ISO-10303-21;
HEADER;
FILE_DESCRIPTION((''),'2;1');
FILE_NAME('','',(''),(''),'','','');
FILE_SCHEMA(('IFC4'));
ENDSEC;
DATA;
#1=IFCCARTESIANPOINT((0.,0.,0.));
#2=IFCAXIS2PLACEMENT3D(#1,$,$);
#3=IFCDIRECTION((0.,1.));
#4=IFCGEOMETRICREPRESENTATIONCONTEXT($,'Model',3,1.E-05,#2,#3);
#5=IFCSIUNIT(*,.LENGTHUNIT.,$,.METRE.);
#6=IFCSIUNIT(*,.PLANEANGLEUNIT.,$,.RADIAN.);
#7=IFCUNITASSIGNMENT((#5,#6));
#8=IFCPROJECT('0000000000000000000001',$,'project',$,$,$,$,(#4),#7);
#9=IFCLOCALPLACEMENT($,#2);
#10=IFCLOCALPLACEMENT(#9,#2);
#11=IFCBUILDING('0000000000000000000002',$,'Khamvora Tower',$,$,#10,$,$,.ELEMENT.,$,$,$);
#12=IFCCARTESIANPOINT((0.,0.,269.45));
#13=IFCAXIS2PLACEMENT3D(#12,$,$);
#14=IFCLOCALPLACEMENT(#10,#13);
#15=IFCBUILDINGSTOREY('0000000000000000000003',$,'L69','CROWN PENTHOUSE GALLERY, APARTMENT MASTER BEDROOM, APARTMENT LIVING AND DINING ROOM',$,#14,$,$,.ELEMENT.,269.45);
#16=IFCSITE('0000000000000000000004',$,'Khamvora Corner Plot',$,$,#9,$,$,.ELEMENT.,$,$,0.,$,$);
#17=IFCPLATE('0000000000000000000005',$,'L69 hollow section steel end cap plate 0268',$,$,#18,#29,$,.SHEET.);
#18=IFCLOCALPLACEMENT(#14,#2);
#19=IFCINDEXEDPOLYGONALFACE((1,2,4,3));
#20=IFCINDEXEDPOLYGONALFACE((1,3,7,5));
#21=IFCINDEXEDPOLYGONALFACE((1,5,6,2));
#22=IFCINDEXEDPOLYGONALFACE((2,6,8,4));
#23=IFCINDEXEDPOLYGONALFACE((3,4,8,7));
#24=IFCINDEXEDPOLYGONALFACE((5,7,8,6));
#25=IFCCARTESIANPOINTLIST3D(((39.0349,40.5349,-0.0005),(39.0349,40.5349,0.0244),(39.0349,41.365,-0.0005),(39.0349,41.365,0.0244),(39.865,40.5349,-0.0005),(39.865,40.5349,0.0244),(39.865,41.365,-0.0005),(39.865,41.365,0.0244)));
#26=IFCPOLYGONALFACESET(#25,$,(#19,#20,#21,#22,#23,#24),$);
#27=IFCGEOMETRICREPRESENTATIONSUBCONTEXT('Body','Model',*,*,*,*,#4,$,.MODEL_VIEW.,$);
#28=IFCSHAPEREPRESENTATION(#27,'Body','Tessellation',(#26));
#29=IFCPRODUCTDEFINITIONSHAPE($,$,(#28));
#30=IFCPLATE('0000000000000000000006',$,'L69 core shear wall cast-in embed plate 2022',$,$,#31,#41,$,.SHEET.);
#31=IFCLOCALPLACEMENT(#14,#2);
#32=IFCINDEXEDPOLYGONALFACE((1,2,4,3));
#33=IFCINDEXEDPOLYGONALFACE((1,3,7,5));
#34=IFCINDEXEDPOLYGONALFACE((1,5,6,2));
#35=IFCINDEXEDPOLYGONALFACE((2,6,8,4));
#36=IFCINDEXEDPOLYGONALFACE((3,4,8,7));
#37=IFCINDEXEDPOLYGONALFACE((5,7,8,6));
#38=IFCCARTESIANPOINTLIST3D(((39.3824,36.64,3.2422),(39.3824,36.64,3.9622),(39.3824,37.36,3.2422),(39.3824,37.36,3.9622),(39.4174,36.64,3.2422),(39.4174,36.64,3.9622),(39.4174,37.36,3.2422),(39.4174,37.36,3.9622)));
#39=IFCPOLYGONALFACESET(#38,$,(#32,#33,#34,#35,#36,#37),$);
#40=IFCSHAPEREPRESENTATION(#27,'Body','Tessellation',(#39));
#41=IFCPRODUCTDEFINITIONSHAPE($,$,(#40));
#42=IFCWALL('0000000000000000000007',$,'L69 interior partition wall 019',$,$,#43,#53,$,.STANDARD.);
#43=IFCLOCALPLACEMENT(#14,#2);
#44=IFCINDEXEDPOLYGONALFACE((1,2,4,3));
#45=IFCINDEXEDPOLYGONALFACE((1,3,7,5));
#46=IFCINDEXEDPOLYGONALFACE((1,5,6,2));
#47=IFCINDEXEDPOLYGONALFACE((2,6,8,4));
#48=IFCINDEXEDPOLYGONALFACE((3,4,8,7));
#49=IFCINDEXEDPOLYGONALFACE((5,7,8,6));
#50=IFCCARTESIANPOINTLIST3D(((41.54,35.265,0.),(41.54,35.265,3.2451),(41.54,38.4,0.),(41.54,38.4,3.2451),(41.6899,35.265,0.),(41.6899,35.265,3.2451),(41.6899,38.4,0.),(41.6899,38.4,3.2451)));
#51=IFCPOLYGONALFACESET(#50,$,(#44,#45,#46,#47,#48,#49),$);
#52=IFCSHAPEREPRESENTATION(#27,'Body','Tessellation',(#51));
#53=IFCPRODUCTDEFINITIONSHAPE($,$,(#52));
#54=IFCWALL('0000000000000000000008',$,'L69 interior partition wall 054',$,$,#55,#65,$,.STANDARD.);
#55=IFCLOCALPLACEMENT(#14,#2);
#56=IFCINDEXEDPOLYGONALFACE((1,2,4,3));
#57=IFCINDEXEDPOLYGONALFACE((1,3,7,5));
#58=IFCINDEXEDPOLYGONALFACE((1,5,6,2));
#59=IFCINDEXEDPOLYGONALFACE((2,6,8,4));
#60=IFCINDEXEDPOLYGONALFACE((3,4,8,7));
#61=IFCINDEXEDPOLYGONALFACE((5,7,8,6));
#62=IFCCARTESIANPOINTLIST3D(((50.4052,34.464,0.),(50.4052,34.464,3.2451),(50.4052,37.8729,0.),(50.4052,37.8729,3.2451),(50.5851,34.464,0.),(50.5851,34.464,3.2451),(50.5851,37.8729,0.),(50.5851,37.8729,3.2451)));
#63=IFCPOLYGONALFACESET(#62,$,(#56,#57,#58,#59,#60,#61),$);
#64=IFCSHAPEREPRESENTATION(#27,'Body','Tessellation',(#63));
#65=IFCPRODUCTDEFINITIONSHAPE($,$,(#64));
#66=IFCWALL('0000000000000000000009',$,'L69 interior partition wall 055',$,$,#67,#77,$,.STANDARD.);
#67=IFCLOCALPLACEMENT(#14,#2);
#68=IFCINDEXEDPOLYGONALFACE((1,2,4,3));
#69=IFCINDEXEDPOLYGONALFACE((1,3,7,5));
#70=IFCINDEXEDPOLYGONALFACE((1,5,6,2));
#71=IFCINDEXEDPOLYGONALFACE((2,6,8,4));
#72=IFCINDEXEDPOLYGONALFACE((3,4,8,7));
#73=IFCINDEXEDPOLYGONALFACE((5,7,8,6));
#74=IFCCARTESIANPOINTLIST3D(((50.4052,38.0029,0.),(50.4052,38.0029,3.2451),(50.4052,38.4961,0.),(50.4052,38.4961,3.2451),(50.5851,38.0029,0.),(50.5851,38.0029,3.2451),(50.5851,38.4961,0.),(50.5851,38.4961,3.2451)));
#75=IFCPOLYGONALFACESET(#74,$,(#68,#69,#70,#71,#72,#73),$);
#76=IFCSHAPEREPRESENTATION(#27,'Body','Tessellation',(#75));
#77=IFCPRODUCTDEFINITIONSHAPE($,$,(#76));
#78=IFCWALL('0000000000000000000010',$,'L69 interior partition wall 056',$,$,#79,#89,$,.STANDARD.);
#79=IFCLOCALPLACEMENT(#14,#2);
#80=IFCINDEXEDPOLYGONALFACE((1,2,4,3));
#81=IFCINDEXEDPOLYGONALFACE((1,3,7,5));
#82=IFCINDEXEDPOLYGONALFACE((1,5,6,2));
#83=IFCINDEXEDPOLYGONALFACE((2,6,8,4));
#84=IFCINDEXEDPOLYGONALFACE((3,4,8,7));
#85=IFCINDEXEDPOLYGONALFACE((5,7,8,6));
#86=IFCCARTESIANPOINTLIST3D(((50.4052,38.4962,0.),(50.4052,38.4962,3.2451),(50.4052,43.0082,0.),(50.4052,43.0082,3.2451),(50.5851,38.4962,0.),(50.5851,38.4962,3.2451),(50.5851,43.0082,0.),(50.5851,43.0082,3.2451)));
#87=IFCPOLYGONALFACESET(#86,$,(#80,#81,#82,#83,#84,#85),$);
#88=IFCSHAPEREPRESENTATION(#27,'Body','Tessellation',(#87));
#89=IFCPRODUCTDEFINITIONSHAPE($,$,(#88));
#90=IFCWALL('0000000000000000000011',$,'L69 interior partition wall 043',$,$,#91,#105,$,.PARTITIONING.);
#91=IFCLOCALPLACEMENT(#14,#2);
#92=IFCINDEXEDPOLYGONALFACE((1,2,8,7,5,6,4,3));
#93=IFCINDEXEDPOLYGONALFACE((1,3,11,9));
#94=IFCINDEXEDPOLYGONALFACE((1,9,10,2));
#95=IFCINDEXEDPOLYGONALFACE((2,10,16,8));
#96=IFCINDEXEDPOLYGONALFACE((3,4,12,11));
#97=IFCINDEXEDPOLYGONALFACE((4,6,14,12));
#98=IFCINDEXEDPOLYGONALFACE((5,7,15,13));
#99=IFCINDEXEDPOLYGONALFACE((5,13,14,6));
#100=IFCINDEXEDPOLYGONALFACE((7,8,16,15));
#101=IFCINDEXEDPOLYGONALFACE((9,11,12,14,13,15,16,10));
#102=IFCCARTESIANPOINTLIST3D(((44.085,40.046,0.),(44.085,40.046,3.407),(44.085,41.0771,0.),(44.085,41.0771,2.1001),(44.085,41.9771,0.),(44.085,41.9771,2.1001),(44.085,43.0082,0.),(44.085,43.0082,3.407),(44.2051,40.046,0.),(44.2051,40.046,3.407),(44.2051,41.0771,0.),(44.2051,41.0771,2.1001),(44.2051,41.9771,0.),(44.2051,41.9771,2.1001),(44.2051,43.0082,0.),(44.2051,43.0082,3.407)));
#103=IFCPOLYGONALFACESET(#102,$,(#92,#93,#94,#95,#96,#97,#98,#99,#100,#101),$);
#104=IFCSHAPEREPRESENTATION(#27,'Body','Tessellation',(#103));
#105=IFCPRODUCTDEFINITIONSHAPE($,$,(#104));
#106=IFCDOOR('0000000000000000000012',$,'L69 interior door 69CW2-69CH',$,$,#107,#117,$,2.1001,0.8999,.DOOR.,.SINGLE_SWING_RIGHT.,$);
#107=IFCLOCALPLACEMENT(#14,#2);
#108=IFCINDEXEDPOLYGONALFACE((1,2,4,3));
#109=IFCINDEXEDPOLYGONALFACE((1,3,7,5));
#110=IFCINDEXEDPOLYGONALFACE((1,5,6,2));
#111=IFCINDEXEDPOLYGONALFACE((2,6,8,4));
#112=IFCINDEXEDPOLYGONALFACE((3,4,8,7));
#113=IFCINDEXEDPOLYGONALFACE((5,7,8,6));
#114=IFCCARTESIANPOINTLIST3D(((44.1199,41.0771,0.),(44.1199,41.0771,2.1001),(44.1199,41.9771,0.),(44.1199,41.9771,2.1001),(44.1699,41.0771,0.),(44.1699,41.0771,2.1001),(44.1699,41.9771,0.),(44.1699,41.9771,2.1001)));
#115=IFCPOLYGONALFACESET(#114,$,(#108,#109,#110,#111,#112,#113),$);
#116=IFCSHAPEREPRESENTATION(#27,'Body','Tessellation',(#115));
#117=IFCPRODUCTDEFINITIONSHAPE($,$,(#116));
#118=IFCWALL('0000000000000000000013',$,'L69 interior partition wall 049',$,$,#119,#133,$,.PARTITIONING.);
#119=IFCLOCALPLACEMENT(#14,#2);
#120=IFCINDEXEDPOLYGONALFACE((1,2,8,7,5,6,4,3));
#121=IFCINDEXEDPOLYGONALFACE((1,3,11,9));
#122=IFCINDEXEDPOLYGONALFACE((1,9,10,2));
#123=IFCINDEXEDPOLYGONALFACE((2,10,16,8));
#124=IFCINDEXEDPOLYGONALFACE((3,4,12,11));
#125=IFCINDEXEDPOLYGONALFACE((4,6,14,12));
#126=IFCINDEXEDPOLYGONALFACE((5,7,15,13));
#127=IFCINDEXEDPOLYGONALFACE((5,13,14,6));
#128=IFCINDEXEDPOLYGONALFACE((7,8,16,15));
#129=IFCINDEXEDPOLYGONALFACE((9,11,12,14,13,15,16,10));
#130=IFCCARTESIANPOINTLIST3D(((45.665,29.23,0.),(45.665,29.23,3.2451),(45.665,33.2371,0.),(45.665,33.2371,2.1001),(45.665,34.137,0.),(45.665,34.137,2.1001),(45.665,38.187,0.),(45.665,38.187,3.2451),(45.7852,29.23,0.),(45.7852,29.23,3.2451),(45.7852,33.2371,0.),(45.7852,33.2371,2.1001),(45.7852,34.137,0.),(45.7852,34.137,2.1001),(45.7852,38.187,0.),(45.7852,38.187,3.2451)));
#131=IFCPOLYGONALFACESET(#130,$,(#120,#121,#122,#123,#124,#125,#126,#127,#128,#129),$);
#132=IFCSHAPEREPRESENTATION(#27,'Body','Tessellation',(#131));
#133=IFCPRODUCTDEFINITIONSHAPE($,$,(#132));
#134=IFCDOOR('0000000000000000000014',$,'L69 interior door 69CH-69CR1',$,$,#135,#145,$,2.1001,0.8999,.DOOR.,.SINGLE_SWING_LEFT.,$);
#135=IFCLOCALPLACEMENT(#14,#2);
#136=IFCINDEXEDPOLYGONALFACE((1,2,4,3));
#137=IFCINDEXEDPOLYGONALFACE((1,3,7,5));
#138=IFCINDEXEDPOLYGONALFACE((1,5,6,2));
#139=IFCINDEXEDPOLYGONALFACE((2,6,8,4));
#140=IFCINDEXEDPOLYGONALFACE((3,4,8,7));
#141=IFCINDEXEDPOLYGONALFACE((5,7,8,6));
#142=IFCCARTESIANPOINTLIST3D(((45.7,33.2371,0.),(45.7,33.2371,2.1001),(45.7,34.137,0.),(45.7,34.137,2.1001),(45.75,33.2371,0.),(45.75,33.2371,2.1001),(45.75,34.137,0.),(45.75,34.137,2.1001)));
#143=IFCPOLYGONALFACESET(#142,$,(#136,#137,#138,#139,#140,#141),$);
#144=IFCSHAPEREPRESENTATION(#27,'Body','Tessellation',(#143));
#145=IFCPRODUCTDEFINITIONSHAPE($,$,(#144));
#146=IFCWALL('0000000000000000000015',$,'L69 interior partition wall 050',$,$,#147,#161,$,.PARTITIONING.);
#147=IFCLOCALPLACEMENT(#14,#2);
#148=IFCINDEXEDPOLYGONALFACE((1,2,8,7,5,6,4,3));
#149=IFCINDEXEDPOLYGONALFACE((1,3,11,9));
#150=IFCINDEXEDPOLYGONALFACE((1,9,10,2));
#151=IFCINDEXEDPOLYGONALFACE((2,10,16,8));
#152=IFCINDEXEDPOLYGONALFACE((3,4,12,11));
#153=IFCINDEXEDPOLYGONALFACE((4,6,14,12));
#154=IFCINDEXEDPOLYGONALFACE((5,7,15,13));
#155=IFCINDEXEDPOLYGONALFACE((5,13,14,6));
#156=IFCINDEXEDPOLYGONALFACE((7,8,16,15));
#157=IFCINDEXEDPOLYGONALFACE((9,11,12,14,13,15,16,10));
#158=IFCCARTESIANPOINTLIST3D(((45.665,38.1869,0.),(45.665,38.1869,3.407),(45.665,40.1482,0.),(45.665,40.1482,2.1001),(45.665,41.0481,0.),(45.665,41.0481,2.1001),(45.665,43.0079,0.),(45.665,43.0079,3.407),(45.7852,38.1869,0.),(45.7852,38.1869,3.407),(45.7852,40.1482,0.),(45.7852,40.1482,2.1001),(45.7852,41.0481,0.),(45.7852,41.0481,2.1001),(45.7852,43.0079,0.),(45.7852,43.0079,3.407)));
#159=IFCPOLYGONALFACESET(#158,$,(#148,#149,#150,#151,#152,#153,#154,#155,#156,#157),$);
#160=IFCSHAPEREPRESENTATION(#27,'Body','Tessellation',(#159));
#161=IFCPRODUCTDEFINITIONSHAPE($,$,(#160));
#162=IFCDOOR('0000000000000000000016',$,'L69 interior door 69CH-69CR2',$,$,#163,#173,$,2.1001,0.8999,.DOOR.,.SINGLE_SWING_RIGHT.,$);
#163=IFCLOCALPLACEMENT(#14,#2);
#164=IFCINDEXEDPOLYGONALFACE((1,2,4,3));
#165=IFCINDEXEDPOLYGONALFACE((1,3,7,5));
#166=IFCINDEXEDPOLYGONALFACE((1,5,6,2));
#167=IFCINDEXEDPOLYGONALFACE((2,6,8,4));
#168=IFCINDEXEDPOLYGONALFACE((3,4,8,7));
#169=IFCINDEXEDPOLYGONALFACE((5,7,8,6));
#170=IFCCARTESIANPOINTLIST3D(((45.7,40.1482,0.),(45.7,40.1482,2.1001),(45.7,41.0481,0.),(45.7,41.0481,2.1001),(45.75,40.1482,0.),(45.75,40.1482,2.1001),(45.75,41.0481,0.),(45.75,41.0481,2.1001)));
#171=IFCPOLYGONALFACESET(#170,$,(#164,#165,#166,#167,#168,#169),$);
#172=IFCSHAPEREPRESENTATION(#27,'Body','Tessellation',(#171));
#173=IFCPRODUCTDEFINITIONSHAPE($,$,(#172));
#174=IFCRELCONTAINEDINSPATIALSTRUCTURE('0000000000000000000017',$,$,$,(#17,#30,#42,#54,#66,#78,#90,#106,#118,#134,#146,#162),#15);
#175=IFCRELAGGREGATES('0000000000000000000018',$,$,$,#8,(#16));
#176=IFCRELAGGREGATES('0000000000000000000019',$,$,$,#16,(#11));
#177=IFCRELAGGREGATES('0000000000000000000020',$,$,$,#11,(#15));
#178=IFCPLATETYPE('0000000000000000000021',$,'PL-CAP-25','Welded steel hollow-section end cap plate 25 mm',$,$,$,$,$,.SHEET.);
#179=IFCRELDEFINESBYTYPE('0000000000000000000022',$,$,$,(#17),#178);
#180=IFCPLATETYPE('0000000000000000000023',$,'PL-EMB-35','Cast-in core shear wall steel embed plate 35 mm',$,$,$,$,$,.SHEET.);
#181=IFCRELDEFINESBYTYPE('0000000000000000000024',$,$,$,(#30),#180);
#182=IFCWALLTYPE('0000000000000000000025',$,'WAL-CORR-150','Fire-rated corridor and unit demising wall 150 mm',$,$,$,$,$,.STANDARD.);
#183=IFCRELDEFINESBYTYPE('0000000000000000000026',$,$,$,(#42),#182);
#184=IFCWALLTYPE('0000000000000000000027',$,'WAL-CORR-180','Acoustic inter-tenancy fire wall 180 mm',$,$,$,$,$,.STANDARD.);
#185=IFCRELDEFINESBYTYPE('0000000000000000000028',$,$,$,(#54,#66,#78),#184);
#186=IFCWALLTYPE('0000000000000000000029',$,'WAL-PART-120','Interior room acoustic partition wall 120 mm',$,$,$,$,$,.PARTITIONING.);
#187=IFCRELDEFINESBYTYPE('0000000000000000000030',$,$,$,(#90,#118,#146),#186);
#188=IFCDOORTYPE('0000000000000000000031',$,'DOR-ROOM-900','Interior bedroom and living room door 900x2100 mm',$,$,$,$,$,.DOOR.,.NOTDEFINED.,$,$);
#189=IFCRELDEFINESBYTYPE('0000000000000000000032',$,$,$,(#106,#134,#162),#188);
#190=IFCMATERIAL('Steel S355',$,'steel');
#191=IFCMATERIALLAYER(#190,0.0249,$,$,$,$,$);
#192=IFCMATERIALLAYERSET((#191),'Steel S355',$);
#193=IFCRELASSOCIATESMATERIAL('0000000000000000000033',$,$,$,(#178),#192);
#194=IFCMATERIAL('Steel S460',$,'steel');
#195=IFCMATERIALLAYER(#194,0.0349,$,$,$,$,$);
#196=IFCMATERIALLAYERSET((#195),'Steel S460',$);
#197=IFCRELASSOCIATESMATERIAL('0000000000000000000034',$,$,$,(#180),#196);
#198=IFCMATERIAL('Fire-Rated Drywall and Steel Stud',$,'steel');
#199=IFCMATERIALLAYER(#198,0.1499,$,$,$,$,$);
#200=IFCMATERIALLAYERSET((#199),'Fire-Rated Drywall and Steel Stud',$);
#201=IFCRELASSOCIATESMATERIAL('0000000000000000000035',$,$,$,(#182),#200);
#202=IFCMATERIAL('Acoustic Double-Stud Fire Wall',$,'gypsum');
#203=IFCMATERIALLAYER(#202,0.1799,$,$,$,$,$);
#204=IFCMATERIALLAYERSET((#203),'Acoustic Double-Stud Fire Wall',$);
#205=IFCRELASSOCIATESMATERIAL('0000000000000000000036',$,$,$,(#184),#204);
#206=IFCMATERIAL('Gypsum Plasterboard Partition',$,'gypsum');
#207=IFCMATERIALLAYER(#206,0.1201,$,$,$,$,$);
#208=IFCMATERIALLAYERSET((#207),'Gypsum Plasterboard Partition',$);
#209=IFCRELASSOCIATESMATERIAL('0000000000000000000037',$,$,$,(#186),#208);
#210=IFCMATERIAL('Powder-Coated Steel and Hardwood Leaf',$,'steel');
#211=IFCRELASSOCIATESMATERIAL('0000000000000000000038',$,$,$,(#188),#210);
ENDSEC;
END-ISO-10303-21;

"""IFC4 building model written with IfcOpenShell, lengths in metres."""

from ifc_helpers import new_model, si_unit, direction, frame, frame_2d, origin, origin_2d, place, context, subcontext, project, spatial, rectangle, extrude, material, layer, layer_set, type_object, element, fill, save


model = new_model("IFC4")

# Units and contexts
model_context = context("Model", 3, precision=1e-05, world=origin(), true_north=direction((0.0, 1.0)))
body_context = subcontext(model_context, "Body", "Model", "MODEL_VIEW")
ifc_project = project(units=[si_unit("LENGTHUNIT", "METRE"), si_unit("PLANEANGLEUNIT", "RADIAN")], contexts=[model_context])

# Site, building, storey
site_placement = place(None, origin())
site = spatial("IfcSite", under=ifc_project, at=site_placement, Name="Khamvora Corner Plot", CompositionType="ELEMENT", RefElevation=0.0)
building_placement = place(site_placement, origin())
building = spatial("IfcBuilding", under=site, at=building_placement, Name="Khamvora Tower", CompositionType="ELEMENT")
storey_placement = place(building_placement, frame((0.0, 0.0, 269.45)))
storey = spatial("IfcBuildingStorey", under=building, at=storey_placement, Name="L69", Description="CROWN PENTHOUSE GALLERY, APARTMENT MASTER BEDROOM, APARTMENT LIVING AND DINING ROOM", CompositionType="ELEMENT", Elevation=269.45)

# Shared definitions
ifc_material_1 = material(Name="Steel S355", Category="steel")

# Plates
ifc_layer_1 = layer(ifc_material_1, 0.0249)
ifc_layer_set_1 = layer_set([ifc_layer_1], Name="Steel S355")
plate_type_1 = type_object("IfcPlateType", Name="PL-CAP-25", Description="Welded steel hollow-section end cap plate 25 mm", PredefinedType="SHEET", material=ifc_layer_set_1)
plate_1_placement = place(storey_placement, frame((39.45, 40.95, -0.0005), z_axis=(0.0, 0.0, 1.0), x_axis=(1.0, 0.0, 0.0)))
element("IfcPlate", 1, at=plate_1_placement, inside=storey, type_object=plate_type_1, Name="L69 hollow section steel end cap plate 0268", PredefinedType="SHEET", context=body_context, shape_type="SweptSolid", body=[
    extrude(rectangle(XDim=0.8301, YDim=0.8301, at=origin_2d()), origin(), (0.0, 0.0, 1.0), 0.0249),
])
ifc_material_2 = material(Name="Steel S460", Category="steel")
ifc_layer_2 = layer(ifc_material_2, 0.0349)
ifc_layer_set_2 = layer_set([ifc_layer_2], Name="Steel S460")
plate_type_2 = type_object("IfcPlateType", Name="PL-EMB-35", Description="Cast-in core shear wall steel embed plate 35 mm", PredefinedType="SHEET", material=ifc_layer_set_2)
plate_2_placement = place(storey_placement, frame((39.3999, 37.0, 3.2422), z_axis=(0.0, 0.0, 1.0), x_axis=(1.0, 0.0, 0.0)))
element("IfcPlate", 2, at=plate_2_placement, inside=storey, type_object=plate_type_2, Name="L69 core shear wall cast-in embed plate 2022", PredefinedType="SHEET", context=body_context, shape_type="SweptSolid", body=[
    extrude(rectangle(XDim=0.0349, YDim=0.72, at=origin_2d()), origin(), (0.0, 0.0, 1.0), 0.72),
])

# Walls
ifc_material_3 = material(Name="Fire-Rated Drywall and Steel Stud", Category="steel")
ifc_layer_3 = layer(ifc_material_3, 0.1499)
ifc_layer_set_3 = layer_set([ifc_layer_3], Name="Fire-Rated Drywall and Steel Stud")
wall_type_1 = type_object("IfcWallType", Name="WAL-CORR-150", Description="Fire-rated corridor and unit demising wall 150 mm", PredefinedType="STANDARD", material=ifc_layer_set_3)
wall_1_placement = place(storey_placement, frame((41.615, 38.3999, 0.0), z_axis=(0.0, 0.0, 1.0), x_axis=(0.0, -1.0, 0.0)))
element("IfcWall", 3, at=wall_1_placement, inside=storey, type_object=wall_type_1, Name="L69 interior partition wall 019", PredefinedType="STANDARD", context=body_context, shape_type="SweptSolid", body=[
    extrude(rectangle(XDim=3.135, YDim=0.1499, at=frame_2d((1.5674, 0.0))), origin(), (0.0, 0.0, 1.0), 3.2451),
])
ifc_material_4 = material(Name="Acoustic Double-Stud Fire Wall", Category="gypsum")
ifc_layer_4 = layer(ifc_material_4, 0.1799)
ifc_layer_set_4 = layer_set([ifc_layer_4], Name="Acoustic Double-Stud Fire Wall")
wall_type_2 = type_object("IfcWallType", Name="WAL-CORR-180", Description="Acoustic inter-tenancy fire wall 180 mm", PredefinedType="STANDARD", material=ifc_layer_set_4)
wall_2_placement = place(storey_placement, frame((50.4951, 37.873, 0.0), z_axis=(0.0, 0.0, 1.0), x_axis=(0.0, -1.0, 0.0)))
element("IfcWall", 4, at=wall_2_placement, inside=storey, type_object=wall_type_2, Name="L69 interior partition wall 054", PredefinedType="STANDARD", context=body_context, shape_type="SweptSolid", body=[
    extrude(rectangle(XDim=3.4089, YDim=0.1799, at=frame_2d((1.7046, 0.0))), origin(), (0.0, 0.0, 1.0), 3.2451),
])
wall_3_placement = place(storey_placement, frame((50.4951, 38.4961, 0.0), z_axis=(0.0, 0.0, 1.0), x_axis=(0.0, -1.0, 0.0)))
element("IfcWall", 5, at=wall_3_placement, inside=storey, type_object=wall_type_2, Name="L69 interior partition wall 055", PredefinedType="STANDARD", context=body_context, shape_type="SweptSolid", body=[
    extrude(rectangle(XDim=0.4932, YDim=0.1799, at=frame_2d((0.2466, 0.0))), origin(), (0.0, 0.0, 1.0), 3.2451),
])
wall_4_placement = place(storey_placement, frame((50.4951, 43.0081, 0.0), z_axis=(0.0, 0.0, 1.0), x_axis=(0.0, -1.0, 0.0)))
element("IfcWall", 6, at=wall_4_placement, inside=storey, type_object=wall_type_2, Name="L69 interior partition wall 056", PredefinedType="STANDARD", context=body_context, shape_type="SweptSolid", body=[
    extrude(rectangle(XDim=4.512, YDim=0.1799, at=frame_2d((2.2559, 0.0))), origin(), (0.0, 0.0, 1.0), 3.2451),
])

# Walls, openings, doors
ifc_material_5 = material(Name="Gypsum Plasterboard Partition", Category="gypsum")
ifc_layer_5 = layer(ifc_material_5, 0.1201)
ifc_layer_set_5 = layer_set([ifc_layer_5], Name="Gypsum Plasterboard Partition")
wall_type_3 = type_object("IfcWallType", Name="WAL-PART-120", Description="Interior room acoustic partition wall 120 mm", PredefinedType="PARTITIONING", material=ifc_layer_set_5)
wall_5_placement = place(storey_placement, frame((44.145, 43.0081, 0.0), z_axis=(0.0, 0.0, 1.0), x_axis=(0.0, -1.0, 0.0)))
wall_5 = element("IfcWall", 7, at=wall_5_placement, inside=storey, type_object=wall_type_3, Name="L69 interior partition wall 043", PredefinedType="PARTITIONING", context=body_context, shape_type="SweptSolid", body=[
    extrude(rectangle(XDim=2.9622, YDim=0.1201, at=frame_2d((1.481, 0.0))), origin(), (0.0, 0.0, 1.0), 3.407),
])
opening_1_placement = place(wall_5_placement, frame((1.031, 0.0, 0.0)))
opening_1 = element("IfcOpeningElement", 8, at=opening_1_placement, cuts=wall_5, PredefinedType="OPENING", context=body_context, shape_type="SweptSolid", body=[
    extrude(rectangle(XDim=0.8999, YDim=2.1001, at=frame_2d((0.45, 1.05))), frame((0.0, 0.0701, 0.0), z_axis=(0.0, -1.0, 0.0), x_axis=(1.0, 0.0, 0.0)), (0.0, 0.0, 1.0), 0.1401),
])
ifc_material_6 = material(Name="Powder-Coated Steel and Hardwood Leaf", Category="steel")
door_type = type_object("IfcDoorType", Name="DOR-ROOM-900", Description="Interior bedroom and living room door 900x2100 mm", OperationType="NOTDEFINED", PredefinedType="DOOR", material=ifc_material_6)
door_1_placement = place(opening_1_placement, origin())
door_1 = element("IfcDoor", 9, at=door_1_placement, inside=storey, type_object=door_type, Name="L69 interior door 69CW2-69CH", OperationType="SINGLE_SWING_RIGHT", OverallHeight=2.1001, OverallWidth=0.8999, PredefinedType="DOOR", context=body_context, shape_type="SweptSolid", body=[
    extrude(rectangle(XDim=0.8999, YDim=2.1001, at=frame_2d((0.45, 1.05))), frame((0.0, 0.0249, 0.0), z_axis=(0.0, -1.0, 0.0), x_axis=(1.0, 0.0, 0.0)), (0.0, 0.0, 1.0), 0.05),
])
fill(opening_1, door_1)
wall_6_placement = place(storey_placement, frame((45.7251, 38.187, 0.0), z_axis=(0.0, 0.0, 1.0), x_axis=(0.0, -1.0, 0.0)))
wall_6 = element("IfcWall", 10, at=wall_6_placement, inside=storey, type_object=wall_type_3, Name="L69 interior partition wall 049", PredefinedType="PARTITIONING", context=body_context, shape_type="SweptSolid", body=[
    extrude(rectangle(XDim=8.957, YDim=0.1201, at=frame_2d((4.4785, 0.0))), origin(), (0.0, 0.0, 1.0), 3.2451),
])
opening_2_placement = place(wall_6_placement, frame((4.05, 0.0, 0.0)))
opening_2 = element("IfcOpeningElement", 11, at=opening_2_placement, cuts=wall_6, PredefinedType="OPENING", context=body_context, shape_type="SweptSolid", body=[
    extrude(rectangle(XDim=0.8999, YDim=2.1001, at=frame_2d((0.45, 1.05))), frame((0.0, 0.0701, 0.0), z_axis=(0.0, -1.0, 0.0), x_axis=(1.0, 0.0, 0.0)), (0.0, 0.0, 1.0), 0.1401),
])
door_2_placement = place(opening_2_placement, origin())
door_2 = element("IfcDoor", 12, at=door_2_placement, inside=storey, type_object=door_type, Name="L69 interior door 69CH-69CR1", OperationType="SINGLE_SWING_LEFT", OverallHeight=2.1001, OverallWidth=0.8999, PredefinedType="DOOR", context=body_context, shape_type="SweptSolid", body=[
    extrude(rectangle(XDim=0.8999, YDim=2.1001, at=frame_2d((0.45, 1.05))), frame((0.0, 0.0249, 0.0), z_axis=(0.0, -1.0, 0.0), x_axis=(1.0, 0.0, 0.0)), (0.0, 0.0, 1.0), 0.05),
])
fill(opening_2, door_2)
wall_7_placement = place(storey_placement, frame((45.7251, 43.0081, 0.0), z_axis=(0.0, 0.0, 1.0), x_axis=(0.0, -1.0, 0.0)))
wall_7 = element("IfcWall", 13, at=wall_7_placement, inside=storey, type_object=wall_type_3, Name="L69 interior partition wall 050", PredefinedType="PARTITIONING", context=body_context, shape_type="SweptSolid", body=[
    extrude(rectangle(XDim=4.821, YDim=0.1201, at=frame_2d((2.4106, 0.0))), origin(), (0.0, 0.0, 1.0), 3.407),
])
opening_3_placement = place(wall_7_placement, frame((1.96, 0.0, 0.0)))
opening_3 = element("IfcOpeningElement", 14, at=opening_3_placement, cuts=wall_7, PredefinedType="OPENING", context=body_context, shape_type="SweptSolid", body=[
    extrude(rectangle(XDim=0.8999, YDim=2.1001, at=frame_2d((0.45, 1.05))), frame((0.0, 0.0701, 0.0), z_axis=(0.0, -1.0, 0.0), x_axis=(1.0, 0.0, 0.0)), (0.0, 0.0, 1.0), 0.1401),
])
door_3_placement = place(opening_3_placement, origin())
door_3 = element("IfcDoor", 15, at=door_3_placement, inside=storey, type_object=door_type, Name="L69 interior door 69CH-69CR2", OperationType="SINGLE_SWING_RIGHT", OverallHeight=2.1001, OverallWidth=0.8999, PredefinedType="DOOR", context=body_context, shape_type="SweptSolid", body=[
    extrude(rectangle(XDim=0.8999, YDim=2.1001, at=frame_2d((0.45, 1.05))), frame((0.0, 0.0249, 0.0), z_axis=(0.0, -1.0, 0.0), x_axis=(1.0, 0.0, 0.0)), (0.0, 0.0, 1.0), 0.05),
])
fill(opening_3, door_3)

save(model, "model.ifc")
